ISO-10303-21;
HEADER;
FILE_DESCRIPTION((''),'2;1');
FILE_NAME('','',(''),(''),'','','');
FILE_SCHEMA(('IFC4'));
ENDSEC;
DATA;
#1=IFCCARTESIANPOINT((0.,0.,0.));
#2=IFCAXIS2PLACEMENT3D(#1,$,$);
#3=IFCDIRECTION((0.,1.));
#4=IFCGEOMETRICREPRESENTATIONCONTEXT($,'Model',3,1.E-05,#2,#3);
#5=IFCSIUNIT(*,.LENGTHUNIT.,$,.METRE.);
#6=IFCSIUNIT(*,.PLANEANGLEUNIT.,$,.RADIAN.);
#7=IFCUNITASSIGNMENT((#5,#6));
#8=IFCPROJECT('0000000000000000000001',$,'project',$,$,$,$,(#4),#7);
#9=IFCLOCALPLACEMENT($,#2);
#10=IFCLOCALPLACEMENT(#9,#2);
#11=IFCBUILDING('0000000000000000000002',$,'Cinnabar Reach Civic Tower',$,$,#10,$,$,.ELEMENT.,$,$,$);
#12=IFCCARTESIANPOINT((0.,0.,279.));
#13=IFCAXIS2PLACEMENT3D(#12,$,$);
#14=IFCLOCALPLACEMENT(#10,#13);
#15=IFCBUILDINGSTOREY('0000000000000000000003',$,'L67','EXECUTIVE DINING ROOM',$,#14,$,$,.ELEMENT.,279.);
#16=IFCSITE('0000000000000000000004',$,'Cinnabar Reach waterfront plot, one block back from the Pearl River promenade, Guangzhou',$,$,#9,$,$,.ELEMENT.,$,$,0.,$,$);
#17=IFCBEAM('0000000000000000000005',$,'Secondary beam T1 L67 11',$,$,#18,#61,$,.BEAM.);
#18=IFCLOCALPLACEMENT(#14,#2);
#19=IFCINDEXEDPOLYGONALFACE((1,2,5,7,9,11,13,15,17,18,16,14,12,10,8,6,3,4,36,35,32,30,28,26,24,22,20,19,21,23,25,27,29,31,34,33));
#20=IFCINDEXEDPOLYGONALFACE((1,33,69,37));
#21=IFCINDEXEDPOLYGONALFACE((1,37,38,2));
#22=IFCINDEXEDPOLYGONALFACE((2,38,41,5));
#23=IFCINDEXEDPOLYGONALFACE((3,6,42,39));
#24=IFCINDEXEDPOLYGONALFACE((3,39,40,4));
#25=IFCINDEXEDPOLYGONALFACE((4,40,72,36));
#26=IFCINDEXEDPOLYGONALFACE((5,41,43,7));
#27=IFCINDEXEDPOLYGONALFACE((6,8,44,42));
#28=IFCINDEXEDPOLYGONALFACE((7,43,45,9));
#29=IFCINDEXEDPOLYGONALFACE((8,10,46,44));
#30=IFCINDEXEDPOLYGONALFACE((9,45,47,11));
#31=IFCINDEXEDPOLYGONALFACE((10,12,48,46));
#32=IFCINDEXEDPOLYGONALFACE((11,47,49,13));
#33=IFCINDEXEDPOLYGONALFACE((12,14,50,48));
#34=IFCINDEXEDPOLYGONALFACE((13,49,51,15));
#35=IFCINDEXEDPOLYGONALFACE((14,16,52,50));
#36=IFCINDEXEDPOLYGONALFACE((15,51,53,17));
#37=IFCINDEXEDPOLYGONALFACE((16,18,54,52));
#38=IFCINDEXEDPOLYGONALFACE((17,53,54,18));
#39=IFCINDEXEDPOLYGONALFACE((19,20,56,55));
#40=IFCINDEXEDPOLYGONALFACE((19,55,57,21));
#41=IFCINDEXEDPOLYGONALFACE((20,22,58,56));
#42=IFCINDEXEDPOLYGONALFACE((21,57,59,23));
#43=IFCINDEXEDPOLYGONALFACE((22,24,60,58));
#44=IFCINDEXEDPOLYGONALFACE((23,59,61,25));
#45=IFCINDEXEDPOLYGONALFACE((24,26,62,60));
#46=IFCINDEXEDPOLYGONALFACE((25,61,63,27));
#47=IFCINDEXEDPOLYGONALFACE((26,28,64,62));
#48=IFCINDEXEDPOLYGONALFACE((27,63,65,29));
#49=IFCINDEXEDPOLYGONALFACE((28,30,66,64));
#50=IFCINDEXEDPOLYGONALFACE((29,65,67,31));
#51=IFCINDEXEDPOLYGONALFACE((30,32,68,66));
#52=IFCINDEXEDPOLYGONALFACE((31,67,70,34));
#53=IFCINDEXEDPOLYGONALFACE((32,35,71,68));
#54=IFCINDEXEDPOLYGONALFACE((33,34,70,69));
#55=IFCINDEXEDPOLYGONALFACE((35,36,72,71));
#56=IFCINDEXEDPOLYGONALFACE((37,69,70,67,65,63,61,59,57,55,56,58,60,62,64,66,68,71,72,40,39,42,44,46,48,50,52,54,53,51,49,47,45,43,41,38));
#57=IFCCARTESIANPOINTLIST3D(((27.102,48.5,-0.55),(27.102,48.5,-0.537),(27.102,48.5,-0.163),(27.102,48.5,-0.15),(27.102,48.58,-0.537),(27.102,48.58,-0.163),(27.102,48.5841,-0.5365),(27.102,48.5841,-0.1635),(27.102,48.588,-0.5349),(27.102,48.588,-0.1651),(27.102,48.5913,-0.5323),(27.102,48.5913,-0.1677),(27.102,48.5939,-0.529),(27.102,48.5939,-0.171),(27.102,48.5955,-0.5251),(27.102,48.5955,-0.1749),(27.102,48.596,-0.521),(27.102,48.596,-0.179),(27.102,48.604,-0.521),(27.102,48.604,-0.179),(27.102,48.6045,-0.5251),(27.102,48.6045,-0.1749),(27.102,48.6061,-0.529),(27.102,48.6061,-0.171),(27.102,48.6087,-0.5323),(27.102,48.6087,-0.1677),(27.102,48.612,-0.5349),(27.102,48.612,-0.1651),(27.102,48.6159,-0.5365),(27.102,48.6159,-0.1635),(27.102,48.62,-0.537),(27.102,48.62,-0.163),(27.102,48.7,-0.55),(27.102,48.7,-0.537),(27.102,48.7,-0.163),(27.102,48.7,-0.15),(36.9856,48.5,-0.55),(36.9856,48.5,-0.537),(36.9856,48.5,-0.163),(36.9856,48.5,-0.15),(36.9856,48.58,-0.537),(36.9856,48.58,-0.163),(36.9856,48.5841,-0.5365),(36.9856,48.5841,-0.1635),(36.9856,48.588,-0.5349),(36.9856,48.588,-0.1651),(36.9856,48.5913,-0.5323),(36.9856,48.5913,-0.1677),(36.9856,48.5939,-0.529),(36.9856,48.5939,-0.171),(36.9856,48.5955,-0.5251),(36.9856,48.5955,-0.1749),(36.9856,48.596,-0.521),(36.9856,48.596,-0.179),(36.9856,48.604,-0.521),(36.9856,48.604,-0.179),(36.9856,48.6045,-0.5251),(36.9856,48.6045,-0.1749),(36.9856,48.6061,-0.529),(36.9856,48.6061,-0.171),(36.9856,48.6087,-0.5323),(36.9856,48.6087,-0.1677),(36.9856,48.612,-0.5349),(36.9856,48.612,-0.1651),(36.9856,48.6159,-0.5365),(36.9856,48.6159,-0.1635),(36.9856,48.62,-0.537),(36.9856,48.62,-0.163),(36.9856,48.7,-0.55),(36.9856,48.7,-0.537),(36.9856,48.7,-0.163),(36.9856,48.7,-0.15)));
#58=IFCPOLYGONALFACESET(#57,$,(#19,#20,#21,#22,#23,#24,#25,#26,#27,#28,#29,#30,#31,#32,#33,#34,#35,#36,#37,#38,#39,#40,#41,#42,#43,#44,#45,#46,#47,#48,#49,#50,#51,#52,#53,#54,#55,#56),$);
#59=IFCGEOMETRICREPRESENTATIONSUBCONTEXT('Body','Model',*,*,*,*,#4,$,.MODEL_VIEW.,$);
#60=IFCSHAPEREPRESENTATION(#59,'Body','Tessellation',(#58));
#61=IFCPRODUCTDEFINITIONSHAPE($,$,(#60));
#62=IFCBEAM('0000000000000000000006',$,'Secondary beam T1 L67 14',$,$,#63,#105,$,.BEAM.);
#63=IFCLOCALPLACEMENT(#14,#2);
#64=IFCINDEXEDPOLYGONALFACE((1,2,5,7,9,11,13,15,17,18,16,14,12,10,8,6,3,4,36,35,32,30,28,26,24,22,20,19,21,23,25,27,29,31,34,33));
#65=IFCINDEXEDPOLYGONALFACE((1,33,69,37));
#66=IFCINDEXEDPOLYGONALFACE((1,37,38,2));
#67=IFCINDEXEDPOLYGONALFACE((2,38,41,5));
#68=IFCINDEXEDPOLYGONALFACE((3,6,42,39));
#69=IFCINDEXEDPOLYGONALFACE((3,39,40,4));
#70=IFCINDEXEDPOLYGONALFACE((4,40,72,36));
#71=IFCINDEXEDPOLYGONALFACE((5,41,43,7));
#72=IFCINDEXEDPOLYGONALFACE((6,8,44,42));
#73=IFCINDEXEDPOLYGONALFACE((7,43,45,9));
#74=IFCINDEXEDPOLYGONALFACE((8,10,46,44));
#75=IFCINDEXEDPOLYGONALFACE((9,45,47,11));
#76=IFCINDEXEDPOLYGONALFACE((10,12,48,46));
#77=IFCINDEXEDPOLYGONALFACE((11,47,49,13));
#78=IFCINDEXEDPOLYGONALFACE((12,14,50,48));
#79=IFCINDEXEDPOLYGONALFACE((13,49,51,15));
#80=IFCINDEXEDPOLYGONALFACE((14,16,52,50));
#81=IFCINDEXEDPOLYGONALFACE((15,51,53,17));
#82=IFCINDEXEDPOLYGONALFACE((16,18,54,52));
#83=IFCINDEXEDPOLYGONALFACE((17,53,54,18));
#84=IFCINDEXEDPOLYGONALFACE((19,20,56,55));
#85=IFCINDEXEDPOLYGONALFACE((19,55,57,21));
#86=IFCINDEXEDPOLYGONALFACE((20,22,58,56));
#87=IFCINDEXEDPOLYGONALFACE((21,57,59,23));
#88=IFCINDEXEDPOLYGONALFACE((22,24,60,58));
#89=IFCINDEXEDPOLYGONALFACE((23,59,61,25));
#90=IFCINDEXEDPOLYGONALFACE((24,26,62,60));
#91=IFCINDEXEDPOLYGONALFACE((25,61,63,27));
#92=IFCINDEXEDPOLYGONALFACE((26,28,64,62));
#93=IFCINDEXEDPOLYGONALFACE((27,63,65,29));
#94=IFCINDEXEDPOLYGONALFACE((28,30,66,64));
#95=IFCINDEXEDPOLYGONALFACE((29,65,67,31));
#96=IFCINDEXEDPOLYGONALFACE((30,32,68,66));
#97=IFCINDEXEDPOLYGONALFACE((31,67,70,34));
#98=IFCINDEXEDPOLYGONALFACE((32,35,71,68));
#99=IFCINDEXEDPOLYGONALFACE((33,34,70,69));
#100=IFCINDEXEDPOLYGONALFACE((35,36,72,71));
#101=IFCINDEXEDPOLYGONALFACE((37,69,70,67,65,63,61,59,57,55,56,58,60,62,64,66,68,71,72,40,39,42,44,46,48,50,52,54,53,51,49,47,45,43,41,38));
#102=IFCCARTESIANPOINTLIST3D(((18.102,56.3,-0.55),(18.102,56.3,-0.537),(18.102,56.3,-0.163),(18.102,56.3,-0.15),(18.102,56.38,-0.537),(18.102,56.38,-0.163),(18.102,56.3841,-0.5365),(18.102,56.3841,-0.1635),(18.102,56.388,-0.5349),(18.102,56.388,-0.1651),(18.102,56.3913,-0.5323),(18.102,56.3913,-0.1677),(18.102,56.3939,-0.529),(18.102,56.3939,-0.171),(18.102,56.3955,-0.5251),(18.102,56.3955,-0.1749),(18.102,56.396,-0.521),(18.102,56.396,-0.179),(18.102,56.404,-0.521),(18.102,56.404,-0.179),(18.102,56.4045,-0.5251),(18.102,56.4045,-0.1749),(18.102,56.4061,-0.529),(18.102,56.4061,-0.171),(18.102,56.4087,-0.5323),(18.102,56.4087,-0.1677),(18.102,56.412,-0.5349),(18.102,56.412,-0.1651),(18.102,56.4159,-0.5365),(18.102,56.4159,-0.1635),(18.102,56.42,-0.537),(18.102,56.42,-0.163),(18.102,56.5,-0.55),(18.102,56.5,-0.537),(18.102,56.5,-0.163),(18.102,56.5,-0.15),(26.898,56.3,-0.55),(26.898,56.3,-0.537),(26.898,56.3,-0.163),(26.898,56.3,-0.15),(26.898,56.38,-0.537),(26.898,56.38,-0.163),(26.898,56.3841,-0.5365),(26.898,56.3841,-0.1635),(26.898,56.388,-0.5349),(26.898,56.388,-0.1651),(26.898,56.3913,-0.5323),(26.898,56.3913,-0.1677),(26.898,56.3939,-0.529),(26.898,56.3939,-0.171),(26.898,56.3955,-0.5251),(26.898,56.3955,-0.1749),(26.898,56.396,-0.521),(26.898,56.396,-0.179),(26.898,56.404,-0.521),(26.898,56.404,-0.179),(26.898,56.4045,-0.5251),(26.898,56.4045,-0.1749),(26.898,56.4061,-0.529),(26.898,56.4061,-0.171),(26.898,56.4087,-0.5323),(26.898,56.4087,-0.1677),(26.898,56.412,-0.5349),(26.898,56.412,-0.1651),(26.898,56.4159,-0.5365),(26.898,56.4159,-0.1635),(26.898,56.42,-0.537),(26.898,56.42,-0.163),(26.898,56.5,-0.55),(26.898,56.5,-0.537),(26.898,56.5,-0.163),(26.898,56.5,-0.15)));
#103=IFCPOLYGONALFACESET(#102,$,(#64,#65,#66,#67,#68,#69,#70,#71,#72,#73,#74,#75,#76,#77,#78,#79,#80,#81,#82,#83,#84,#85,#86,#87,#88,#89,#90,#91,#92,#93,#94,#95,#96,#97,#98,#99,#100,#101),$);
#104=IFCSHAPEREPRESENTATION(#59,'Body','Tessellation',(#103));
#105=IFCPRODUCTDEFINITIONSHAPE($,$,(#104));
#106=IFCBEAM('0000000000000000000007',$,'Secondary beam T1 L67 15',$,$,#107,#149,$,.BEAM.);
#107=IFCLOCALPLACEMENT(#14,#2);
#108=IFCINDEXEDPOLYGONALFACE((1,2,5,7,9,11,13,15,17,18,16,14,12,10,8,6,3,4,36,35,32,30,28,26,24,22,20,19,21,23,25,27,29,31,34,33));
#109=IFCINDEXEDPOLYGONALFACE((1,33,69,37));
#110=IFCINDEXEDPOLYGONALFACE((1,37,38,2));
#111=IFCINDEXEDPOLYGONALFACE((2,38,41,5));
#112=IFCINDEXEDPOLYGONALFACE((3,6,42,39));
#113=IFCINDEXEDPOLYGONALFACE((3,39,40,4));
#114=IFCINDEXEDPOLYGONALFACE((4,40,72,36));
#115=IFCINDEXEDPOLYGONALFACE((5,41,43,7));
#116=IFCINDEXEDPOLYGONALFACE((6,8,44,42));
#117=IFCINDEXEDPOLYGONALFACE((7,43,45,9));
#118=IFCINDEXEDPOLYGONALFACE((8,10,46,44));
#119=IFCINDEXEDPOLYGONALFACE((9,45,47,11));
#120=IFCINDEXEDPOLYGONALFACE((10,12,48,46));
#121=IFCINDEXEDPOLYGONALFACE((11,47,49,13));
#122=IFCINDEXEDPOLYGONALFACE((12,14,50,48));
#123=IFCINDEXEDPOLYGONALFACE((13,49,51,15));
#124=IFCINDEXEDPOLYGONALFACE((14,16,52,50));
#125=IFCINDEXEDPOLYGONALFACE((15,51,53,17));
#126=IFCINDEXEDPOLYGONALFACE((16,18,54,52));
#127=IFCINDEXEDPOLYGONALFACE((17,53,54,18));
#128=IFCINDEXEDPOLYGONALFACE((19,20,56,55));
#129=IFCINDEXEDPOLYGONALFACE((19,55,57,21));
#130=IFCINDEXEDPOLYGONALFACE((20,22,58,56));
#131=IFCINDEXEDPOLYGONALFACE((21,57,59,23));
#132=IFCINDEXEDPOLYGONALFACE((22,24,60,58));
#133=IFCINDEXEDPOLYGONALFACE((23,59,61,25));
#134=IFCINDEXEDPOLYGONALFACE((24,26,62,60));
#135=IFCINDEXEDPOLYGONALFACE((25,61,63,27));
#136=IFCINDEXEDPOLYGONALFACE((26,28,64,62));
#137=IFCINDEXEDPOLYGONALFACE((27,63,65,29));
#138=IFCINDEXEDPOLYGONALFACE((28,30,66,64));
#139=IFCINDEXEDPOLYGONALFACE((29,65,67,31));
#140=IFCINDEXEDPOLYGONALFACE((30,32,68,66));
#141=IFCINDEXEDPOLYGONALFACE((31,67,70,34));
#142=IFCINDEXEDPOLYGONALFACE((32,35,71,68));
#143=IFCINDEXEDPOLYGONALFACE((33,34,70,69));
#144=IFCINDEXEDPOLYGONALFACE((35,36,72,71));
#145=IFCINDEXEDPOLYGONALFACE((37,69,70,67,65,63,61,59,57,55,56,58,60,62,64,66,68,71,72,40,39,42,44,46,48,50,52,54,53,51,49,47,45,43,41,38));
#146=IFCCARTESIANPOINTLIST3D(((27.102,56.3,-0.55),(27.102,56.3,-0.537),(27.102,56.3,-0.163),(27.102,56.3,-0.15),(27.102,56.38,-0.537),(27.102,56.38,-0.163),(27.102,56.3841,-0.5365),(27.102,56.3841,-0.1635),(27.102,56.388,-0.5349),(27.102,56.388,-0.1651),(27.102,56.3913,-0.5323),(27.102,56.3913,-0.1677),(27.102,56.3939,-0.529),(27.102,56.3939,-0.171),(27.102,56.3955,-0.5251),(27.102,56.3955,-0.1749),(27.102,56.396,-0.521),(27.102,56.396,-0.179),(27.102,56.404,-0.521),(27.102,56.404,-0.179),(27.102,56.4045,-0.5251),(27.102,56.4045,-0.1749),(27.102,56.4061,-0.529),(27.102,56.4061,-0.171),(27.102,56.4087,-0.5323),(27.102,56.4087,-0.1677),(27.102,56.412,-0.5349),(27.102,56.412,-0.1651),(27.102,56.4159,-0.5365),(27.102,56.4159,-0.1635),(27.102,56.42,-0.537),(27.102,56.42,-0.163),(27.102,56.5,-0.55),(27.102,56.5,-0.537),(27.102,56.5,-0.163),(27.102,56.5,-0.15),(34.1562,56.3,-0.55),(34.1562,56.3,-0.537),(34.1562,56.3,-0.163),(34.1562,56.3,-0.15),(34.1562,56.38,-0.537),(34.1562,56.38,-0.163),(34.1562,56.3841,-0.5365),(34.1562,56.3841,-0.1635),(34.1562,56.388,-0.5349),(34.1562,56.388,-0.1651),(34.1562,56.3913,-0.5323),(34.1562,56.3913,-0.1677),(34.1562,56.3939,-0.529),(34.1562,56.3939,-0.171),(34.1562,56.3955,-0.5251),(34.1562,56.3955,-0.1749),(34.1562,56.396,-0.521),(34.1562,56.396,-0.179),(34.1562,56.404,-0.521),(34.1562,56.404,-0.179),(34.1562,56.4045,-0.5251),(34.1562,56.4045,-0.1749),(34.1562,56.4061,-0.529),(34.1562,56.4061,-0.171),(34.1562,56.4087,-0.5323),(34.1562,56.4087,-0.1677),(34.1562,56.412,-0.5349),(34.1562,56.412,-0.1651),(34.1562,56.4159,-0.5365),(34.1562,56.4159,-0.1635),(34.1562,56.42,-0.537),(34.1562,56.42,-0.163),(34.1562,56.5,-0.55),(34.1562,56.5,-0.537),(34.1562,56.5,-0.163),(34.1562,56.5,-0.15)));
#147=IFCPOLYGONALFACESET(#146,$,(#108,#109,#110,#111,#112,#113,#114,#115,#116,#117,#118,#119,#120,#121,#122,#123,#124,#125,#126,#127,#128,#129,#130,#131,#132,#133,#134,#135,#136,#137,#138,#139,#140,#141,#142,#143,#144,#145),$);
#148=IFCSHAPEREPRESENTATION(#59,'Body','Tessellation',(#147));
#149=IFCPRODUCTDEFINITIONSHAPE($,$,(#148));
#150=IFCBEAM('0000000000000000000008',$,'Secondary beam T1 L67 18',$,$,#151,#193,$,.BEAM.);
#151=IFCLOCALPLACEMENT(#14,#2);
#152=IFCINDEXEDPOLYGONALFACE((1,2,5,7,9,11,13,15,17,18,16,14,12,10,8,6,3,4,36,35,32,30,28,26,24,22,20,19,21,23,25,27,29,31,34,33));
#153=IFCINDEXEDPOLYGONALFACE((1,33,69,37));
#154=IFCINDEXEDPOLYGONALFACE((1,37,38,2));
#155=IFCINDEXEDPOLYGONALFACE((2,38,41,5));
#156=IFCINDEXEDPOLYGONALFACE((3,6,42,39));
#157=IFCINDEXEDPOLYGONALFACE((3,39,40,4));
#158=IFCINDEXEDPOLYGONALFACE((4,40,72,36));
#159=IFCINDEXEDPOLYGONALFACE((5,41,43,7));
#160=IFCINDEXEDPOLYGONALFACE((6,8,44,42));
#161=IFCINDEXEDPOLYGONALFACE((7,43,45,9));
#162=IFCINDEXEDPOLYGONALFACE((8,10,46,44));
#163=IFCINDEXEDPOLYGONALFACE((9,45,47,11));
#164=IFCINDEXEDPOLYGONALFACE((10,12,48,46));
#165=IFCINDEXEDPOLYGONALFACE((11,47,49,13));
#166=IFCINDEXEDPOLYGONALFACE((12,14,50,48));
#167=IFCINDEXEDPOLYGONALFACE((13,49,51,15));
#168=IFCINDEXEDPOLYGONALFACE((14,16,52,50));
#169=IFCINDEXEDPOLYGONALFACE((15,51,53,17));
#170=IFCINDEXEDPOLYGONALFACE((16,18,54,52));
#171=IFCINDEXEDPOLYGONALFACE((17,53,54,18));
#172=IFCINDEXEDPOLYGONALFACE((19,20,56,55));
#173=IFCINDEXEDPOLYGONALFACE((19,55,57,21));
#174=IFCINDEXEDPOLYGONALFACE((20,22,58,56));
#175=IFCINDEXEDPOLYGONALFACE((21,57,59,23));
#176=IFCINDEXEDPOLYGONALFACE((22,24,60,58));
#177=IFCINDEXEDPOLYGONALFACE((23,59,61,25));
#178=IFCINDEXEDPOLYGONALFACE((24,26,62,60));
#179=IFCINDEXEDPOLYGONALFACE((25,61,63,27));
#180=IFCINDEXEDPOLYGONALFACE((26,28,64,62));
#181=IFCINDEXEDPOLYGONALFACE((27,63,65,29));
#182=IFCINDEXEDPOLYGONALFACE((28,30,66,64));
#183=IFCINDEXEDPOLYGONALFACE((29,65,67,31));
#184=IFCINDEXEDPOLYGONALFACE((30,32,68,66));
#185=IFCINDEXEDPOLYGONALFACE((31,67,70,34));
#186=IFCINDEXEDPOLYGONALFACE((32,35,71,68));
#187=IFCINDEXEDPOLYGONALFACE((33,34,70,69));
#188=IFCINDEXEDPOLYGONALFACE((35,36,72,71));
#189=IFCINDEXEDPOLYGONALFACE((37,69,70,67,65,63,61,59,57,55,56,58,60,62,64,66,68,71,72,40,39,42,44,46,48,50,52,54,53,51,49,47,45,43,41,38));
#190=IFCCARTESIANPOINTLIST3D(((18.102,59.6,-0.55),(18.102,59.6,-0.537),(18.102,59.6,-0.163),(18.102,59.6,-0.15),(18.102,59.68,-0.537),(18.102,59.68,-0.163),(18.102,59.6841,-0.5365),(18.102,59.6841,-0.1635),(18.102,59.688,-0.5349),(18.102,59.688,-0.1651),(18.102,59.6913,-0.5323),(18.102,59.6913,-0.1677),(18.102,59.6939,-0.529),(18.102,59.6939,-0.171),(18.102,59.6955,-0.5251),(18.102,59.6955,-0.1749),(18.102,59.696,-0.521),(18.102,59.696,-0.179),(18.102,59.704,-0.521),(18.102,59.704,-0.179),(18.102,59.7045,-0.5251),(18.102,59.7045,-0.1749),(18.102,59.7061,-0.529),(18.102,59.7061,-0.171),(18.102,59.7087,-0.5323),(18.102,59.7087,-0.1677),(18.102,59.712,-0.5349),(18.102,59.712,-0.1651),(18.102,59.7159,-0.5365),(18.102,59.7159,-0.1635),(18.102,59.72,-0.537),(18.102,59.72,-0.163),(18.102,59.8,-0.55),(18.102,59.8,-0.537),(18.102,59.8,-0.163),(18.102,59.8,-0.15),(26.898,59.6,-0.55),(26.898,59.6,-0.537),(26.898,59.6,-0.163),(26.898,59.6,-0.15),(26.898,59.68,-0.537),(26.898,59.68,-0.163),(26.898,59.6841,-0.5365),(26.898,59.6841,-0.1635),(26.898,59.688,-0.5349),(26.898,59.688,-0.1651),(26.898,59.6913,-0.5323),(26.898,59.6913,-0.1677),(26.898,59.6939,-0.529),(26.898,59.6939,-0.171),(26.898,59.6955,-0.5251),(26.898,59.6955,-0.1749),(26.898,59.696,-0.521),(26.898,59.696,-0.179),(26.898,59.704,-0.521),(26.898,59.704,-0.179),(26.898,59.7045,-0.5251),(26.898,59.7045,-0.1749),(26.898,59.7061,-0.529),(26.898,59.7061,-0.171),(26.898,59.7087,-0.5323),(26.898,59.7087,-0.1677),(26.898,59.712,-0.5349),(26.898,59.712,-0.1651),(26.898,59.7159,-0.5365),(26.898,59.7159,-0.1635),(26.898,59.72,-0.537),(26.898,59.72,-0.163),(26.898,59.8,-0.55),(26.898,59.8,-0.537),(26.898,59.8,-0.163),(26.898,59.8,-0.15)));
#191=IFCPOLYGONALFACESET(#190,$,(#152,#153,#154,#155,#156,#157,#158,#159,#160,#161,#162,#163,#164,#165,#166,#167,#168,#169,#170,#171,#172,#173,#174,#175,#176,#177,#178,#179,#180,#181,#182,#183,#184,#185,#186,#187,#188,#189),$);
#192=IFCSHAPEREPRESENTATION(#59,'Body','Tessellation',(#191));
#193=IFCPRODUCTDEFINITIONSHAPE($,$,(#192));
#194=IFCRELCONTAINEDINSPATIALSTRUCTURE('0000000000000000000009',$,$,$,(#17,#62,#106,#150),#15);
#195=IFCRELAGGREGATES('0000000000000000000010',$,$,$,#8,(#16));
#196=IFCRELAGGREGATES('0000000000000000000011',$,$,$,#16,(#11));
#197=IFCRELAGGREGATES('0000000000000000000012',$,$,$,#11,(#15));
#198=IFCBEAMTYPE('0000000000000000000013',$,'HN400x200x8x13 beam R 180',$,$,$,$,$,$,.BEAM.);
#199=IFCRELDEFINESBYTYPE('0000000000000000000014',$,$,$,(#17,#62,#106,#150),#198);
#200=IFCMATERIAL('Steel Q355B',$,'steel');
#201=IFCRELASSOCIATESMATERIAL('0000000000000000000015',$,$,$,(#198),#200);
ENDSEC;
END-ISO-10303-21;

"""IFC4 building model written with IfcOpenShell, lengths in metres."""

from ifc_helpers import new_model, si_unit, direction, frame, origin, origin_2d, place, context, subcontext, project, spatial, i_section, extrude, material, material_profile, profile_set, type_object, element, save


model = new_model("IFC4")

# Units and contexts
model_context = context("Model", 3, precision=1e-05, world=origin(), true_north=direction((0.0, 1.0)))
body_context = subcontext(model_context, "Body", "Model", "MODEL_VIEW")
ifc_project = project(units=[si_unit("LENGTHUNIT", "METRE"), si_unit("PLANEANGLEUNIT", "RADIAN")], contexts=[model_context])

# Site, building, storey
site_placement = place(None, origin())
site = spatial("IfcSite", under=ifc_project, at=site_placement, Name="Cinnabar Reach waterfront plot, one block back from the Pearl River promenade, Guangzhou", CompositionType="ELEMENT", RefElevation=0.0)
building_placement = place(site_placement, origin())
building = spatial("IfcBuilding", under=site, at=building_placement, Name="Cinnabar Reach Civic Tower", CompositionType="ELEMENT")
storey_placement = place(building_placement, frame((0.0, 0.0, 279.0)))
storey = spatial("IfcBuildingStorey", under=building, at=storey_placement, Name="L67", Description="EXECUTIVE DINING ROOM", CompositionType="ELEMENT", Elevation=279.0)

# Beams
ifc_material_1 = material(Name="Steel Q355B", Category="steel")
ifc_material_profile_1 = material_profile(ifc_material_1, i_section(OverallWidth=0.2, OverallDepth=0.4, WebThickness=0.008, FlangeThickness=0.013, FilletRadius=0.016, at=origin_2d()), Name="HN400x200x8x13")
ifc_profile_set_1 = profile_set([ifc_material_profile_1], Name="Steel Q355B")
beam_type_1 = type_object("IfcBeamType", Name="HN400x200x8x13 beam R 180", PredefinedType="BEAM", material=ifc_profile_set_1)
beam_1_placement = place(storey_placement, frame((27.102, 48.6, -0.35), z_axis=(1.0, 0.0, 0.0), x_axis=(0.0, 1.0, 0.0)))
element("IfcBeam", 1, at=beam_1_placement, inside=storey, type_object=beam_type_1, Name="Secondary beam T1 L67 11", PredefinedType="BEAM", context=body_context, shape_type="SweptSolid", body=[
    extrude(i_section(OverallWidth=0.2, OverallDepth=0.4, WebThickness=0.008, FlangeThickness=0.013, FilletRadius=0.016, at=origin_2d()), origin(), (0.0, 0.0, 1.0), 9.8836),
])
beam_2_placement = place(storey_placement, frame((18.102, 56.4, -0.35), z_axis=(1.0, 0.0, 0.0), x_axis=(0.0, 1.0, 0.0)))
element("IfcBeam", 2, at=beam_2_placement, inside=storey, type_object=beam_type_1, Name="Secondary beam T1 L67 14", PredefinedType="BEAM", context=body_context, shape_type="SweptSolid", body=[
    extrude(i_section(OverallWidth=0.2, OverallDepth=0.4, WebThickness=0.008, FlangeThickness=0.013, FilletRadius=0.016, at=origin_2d()), origin(), (0.0, 0.0, 1.0), 8.796),
])
beam_3_placement = place(storey_placement, frame((27.102, 56.4, -0.35), z_axis=(1.0, 0.0, 0.0), x_axis=(0.0, 1.0, 0.0)))
element("IfcBeam", 3, at=beam_3_placement, inside=storey, type_object=beam_type_1, Name="Secondary beam T1 L67 15", PredefinedType="BEAM", context=body_context, shape_type="SweptSolid", body=[
    extrude(i_section(OverallWidth=0.2, OverallDepth=0.4, WebThickness=0.008, FlangeThickness=0.013, FilletRadius=0.016, at=origin_2d()), origin(), (0.0, 0.0, 1.0), 7.0542),
])
beam_4_placement = place(storey_placement, frame((18.102, 59.7, -0.35), z_axis=(1.0, 0.0, 0.0), x_axis=(0.0, 1.0, 0.0)))
element("IfcBeam", 4, at=beam_4_placement, inside=storey, type_object=beam_type_1, Name="Secondary beam T1 L67 18", PredefinedType="BEAM", context=body_context, shape_type="SweptSolid", body=[
    extrude(i_section(OverallWidth=0.2, OverallDepth=0.4, WebThickness=0.008, FlangeThickness=0.013, FilletRadius=0.016, at=origin_2d()), origin(), (0.0, 0.0, 1.0), 8.796),
])

save(model, "model.ifc")
